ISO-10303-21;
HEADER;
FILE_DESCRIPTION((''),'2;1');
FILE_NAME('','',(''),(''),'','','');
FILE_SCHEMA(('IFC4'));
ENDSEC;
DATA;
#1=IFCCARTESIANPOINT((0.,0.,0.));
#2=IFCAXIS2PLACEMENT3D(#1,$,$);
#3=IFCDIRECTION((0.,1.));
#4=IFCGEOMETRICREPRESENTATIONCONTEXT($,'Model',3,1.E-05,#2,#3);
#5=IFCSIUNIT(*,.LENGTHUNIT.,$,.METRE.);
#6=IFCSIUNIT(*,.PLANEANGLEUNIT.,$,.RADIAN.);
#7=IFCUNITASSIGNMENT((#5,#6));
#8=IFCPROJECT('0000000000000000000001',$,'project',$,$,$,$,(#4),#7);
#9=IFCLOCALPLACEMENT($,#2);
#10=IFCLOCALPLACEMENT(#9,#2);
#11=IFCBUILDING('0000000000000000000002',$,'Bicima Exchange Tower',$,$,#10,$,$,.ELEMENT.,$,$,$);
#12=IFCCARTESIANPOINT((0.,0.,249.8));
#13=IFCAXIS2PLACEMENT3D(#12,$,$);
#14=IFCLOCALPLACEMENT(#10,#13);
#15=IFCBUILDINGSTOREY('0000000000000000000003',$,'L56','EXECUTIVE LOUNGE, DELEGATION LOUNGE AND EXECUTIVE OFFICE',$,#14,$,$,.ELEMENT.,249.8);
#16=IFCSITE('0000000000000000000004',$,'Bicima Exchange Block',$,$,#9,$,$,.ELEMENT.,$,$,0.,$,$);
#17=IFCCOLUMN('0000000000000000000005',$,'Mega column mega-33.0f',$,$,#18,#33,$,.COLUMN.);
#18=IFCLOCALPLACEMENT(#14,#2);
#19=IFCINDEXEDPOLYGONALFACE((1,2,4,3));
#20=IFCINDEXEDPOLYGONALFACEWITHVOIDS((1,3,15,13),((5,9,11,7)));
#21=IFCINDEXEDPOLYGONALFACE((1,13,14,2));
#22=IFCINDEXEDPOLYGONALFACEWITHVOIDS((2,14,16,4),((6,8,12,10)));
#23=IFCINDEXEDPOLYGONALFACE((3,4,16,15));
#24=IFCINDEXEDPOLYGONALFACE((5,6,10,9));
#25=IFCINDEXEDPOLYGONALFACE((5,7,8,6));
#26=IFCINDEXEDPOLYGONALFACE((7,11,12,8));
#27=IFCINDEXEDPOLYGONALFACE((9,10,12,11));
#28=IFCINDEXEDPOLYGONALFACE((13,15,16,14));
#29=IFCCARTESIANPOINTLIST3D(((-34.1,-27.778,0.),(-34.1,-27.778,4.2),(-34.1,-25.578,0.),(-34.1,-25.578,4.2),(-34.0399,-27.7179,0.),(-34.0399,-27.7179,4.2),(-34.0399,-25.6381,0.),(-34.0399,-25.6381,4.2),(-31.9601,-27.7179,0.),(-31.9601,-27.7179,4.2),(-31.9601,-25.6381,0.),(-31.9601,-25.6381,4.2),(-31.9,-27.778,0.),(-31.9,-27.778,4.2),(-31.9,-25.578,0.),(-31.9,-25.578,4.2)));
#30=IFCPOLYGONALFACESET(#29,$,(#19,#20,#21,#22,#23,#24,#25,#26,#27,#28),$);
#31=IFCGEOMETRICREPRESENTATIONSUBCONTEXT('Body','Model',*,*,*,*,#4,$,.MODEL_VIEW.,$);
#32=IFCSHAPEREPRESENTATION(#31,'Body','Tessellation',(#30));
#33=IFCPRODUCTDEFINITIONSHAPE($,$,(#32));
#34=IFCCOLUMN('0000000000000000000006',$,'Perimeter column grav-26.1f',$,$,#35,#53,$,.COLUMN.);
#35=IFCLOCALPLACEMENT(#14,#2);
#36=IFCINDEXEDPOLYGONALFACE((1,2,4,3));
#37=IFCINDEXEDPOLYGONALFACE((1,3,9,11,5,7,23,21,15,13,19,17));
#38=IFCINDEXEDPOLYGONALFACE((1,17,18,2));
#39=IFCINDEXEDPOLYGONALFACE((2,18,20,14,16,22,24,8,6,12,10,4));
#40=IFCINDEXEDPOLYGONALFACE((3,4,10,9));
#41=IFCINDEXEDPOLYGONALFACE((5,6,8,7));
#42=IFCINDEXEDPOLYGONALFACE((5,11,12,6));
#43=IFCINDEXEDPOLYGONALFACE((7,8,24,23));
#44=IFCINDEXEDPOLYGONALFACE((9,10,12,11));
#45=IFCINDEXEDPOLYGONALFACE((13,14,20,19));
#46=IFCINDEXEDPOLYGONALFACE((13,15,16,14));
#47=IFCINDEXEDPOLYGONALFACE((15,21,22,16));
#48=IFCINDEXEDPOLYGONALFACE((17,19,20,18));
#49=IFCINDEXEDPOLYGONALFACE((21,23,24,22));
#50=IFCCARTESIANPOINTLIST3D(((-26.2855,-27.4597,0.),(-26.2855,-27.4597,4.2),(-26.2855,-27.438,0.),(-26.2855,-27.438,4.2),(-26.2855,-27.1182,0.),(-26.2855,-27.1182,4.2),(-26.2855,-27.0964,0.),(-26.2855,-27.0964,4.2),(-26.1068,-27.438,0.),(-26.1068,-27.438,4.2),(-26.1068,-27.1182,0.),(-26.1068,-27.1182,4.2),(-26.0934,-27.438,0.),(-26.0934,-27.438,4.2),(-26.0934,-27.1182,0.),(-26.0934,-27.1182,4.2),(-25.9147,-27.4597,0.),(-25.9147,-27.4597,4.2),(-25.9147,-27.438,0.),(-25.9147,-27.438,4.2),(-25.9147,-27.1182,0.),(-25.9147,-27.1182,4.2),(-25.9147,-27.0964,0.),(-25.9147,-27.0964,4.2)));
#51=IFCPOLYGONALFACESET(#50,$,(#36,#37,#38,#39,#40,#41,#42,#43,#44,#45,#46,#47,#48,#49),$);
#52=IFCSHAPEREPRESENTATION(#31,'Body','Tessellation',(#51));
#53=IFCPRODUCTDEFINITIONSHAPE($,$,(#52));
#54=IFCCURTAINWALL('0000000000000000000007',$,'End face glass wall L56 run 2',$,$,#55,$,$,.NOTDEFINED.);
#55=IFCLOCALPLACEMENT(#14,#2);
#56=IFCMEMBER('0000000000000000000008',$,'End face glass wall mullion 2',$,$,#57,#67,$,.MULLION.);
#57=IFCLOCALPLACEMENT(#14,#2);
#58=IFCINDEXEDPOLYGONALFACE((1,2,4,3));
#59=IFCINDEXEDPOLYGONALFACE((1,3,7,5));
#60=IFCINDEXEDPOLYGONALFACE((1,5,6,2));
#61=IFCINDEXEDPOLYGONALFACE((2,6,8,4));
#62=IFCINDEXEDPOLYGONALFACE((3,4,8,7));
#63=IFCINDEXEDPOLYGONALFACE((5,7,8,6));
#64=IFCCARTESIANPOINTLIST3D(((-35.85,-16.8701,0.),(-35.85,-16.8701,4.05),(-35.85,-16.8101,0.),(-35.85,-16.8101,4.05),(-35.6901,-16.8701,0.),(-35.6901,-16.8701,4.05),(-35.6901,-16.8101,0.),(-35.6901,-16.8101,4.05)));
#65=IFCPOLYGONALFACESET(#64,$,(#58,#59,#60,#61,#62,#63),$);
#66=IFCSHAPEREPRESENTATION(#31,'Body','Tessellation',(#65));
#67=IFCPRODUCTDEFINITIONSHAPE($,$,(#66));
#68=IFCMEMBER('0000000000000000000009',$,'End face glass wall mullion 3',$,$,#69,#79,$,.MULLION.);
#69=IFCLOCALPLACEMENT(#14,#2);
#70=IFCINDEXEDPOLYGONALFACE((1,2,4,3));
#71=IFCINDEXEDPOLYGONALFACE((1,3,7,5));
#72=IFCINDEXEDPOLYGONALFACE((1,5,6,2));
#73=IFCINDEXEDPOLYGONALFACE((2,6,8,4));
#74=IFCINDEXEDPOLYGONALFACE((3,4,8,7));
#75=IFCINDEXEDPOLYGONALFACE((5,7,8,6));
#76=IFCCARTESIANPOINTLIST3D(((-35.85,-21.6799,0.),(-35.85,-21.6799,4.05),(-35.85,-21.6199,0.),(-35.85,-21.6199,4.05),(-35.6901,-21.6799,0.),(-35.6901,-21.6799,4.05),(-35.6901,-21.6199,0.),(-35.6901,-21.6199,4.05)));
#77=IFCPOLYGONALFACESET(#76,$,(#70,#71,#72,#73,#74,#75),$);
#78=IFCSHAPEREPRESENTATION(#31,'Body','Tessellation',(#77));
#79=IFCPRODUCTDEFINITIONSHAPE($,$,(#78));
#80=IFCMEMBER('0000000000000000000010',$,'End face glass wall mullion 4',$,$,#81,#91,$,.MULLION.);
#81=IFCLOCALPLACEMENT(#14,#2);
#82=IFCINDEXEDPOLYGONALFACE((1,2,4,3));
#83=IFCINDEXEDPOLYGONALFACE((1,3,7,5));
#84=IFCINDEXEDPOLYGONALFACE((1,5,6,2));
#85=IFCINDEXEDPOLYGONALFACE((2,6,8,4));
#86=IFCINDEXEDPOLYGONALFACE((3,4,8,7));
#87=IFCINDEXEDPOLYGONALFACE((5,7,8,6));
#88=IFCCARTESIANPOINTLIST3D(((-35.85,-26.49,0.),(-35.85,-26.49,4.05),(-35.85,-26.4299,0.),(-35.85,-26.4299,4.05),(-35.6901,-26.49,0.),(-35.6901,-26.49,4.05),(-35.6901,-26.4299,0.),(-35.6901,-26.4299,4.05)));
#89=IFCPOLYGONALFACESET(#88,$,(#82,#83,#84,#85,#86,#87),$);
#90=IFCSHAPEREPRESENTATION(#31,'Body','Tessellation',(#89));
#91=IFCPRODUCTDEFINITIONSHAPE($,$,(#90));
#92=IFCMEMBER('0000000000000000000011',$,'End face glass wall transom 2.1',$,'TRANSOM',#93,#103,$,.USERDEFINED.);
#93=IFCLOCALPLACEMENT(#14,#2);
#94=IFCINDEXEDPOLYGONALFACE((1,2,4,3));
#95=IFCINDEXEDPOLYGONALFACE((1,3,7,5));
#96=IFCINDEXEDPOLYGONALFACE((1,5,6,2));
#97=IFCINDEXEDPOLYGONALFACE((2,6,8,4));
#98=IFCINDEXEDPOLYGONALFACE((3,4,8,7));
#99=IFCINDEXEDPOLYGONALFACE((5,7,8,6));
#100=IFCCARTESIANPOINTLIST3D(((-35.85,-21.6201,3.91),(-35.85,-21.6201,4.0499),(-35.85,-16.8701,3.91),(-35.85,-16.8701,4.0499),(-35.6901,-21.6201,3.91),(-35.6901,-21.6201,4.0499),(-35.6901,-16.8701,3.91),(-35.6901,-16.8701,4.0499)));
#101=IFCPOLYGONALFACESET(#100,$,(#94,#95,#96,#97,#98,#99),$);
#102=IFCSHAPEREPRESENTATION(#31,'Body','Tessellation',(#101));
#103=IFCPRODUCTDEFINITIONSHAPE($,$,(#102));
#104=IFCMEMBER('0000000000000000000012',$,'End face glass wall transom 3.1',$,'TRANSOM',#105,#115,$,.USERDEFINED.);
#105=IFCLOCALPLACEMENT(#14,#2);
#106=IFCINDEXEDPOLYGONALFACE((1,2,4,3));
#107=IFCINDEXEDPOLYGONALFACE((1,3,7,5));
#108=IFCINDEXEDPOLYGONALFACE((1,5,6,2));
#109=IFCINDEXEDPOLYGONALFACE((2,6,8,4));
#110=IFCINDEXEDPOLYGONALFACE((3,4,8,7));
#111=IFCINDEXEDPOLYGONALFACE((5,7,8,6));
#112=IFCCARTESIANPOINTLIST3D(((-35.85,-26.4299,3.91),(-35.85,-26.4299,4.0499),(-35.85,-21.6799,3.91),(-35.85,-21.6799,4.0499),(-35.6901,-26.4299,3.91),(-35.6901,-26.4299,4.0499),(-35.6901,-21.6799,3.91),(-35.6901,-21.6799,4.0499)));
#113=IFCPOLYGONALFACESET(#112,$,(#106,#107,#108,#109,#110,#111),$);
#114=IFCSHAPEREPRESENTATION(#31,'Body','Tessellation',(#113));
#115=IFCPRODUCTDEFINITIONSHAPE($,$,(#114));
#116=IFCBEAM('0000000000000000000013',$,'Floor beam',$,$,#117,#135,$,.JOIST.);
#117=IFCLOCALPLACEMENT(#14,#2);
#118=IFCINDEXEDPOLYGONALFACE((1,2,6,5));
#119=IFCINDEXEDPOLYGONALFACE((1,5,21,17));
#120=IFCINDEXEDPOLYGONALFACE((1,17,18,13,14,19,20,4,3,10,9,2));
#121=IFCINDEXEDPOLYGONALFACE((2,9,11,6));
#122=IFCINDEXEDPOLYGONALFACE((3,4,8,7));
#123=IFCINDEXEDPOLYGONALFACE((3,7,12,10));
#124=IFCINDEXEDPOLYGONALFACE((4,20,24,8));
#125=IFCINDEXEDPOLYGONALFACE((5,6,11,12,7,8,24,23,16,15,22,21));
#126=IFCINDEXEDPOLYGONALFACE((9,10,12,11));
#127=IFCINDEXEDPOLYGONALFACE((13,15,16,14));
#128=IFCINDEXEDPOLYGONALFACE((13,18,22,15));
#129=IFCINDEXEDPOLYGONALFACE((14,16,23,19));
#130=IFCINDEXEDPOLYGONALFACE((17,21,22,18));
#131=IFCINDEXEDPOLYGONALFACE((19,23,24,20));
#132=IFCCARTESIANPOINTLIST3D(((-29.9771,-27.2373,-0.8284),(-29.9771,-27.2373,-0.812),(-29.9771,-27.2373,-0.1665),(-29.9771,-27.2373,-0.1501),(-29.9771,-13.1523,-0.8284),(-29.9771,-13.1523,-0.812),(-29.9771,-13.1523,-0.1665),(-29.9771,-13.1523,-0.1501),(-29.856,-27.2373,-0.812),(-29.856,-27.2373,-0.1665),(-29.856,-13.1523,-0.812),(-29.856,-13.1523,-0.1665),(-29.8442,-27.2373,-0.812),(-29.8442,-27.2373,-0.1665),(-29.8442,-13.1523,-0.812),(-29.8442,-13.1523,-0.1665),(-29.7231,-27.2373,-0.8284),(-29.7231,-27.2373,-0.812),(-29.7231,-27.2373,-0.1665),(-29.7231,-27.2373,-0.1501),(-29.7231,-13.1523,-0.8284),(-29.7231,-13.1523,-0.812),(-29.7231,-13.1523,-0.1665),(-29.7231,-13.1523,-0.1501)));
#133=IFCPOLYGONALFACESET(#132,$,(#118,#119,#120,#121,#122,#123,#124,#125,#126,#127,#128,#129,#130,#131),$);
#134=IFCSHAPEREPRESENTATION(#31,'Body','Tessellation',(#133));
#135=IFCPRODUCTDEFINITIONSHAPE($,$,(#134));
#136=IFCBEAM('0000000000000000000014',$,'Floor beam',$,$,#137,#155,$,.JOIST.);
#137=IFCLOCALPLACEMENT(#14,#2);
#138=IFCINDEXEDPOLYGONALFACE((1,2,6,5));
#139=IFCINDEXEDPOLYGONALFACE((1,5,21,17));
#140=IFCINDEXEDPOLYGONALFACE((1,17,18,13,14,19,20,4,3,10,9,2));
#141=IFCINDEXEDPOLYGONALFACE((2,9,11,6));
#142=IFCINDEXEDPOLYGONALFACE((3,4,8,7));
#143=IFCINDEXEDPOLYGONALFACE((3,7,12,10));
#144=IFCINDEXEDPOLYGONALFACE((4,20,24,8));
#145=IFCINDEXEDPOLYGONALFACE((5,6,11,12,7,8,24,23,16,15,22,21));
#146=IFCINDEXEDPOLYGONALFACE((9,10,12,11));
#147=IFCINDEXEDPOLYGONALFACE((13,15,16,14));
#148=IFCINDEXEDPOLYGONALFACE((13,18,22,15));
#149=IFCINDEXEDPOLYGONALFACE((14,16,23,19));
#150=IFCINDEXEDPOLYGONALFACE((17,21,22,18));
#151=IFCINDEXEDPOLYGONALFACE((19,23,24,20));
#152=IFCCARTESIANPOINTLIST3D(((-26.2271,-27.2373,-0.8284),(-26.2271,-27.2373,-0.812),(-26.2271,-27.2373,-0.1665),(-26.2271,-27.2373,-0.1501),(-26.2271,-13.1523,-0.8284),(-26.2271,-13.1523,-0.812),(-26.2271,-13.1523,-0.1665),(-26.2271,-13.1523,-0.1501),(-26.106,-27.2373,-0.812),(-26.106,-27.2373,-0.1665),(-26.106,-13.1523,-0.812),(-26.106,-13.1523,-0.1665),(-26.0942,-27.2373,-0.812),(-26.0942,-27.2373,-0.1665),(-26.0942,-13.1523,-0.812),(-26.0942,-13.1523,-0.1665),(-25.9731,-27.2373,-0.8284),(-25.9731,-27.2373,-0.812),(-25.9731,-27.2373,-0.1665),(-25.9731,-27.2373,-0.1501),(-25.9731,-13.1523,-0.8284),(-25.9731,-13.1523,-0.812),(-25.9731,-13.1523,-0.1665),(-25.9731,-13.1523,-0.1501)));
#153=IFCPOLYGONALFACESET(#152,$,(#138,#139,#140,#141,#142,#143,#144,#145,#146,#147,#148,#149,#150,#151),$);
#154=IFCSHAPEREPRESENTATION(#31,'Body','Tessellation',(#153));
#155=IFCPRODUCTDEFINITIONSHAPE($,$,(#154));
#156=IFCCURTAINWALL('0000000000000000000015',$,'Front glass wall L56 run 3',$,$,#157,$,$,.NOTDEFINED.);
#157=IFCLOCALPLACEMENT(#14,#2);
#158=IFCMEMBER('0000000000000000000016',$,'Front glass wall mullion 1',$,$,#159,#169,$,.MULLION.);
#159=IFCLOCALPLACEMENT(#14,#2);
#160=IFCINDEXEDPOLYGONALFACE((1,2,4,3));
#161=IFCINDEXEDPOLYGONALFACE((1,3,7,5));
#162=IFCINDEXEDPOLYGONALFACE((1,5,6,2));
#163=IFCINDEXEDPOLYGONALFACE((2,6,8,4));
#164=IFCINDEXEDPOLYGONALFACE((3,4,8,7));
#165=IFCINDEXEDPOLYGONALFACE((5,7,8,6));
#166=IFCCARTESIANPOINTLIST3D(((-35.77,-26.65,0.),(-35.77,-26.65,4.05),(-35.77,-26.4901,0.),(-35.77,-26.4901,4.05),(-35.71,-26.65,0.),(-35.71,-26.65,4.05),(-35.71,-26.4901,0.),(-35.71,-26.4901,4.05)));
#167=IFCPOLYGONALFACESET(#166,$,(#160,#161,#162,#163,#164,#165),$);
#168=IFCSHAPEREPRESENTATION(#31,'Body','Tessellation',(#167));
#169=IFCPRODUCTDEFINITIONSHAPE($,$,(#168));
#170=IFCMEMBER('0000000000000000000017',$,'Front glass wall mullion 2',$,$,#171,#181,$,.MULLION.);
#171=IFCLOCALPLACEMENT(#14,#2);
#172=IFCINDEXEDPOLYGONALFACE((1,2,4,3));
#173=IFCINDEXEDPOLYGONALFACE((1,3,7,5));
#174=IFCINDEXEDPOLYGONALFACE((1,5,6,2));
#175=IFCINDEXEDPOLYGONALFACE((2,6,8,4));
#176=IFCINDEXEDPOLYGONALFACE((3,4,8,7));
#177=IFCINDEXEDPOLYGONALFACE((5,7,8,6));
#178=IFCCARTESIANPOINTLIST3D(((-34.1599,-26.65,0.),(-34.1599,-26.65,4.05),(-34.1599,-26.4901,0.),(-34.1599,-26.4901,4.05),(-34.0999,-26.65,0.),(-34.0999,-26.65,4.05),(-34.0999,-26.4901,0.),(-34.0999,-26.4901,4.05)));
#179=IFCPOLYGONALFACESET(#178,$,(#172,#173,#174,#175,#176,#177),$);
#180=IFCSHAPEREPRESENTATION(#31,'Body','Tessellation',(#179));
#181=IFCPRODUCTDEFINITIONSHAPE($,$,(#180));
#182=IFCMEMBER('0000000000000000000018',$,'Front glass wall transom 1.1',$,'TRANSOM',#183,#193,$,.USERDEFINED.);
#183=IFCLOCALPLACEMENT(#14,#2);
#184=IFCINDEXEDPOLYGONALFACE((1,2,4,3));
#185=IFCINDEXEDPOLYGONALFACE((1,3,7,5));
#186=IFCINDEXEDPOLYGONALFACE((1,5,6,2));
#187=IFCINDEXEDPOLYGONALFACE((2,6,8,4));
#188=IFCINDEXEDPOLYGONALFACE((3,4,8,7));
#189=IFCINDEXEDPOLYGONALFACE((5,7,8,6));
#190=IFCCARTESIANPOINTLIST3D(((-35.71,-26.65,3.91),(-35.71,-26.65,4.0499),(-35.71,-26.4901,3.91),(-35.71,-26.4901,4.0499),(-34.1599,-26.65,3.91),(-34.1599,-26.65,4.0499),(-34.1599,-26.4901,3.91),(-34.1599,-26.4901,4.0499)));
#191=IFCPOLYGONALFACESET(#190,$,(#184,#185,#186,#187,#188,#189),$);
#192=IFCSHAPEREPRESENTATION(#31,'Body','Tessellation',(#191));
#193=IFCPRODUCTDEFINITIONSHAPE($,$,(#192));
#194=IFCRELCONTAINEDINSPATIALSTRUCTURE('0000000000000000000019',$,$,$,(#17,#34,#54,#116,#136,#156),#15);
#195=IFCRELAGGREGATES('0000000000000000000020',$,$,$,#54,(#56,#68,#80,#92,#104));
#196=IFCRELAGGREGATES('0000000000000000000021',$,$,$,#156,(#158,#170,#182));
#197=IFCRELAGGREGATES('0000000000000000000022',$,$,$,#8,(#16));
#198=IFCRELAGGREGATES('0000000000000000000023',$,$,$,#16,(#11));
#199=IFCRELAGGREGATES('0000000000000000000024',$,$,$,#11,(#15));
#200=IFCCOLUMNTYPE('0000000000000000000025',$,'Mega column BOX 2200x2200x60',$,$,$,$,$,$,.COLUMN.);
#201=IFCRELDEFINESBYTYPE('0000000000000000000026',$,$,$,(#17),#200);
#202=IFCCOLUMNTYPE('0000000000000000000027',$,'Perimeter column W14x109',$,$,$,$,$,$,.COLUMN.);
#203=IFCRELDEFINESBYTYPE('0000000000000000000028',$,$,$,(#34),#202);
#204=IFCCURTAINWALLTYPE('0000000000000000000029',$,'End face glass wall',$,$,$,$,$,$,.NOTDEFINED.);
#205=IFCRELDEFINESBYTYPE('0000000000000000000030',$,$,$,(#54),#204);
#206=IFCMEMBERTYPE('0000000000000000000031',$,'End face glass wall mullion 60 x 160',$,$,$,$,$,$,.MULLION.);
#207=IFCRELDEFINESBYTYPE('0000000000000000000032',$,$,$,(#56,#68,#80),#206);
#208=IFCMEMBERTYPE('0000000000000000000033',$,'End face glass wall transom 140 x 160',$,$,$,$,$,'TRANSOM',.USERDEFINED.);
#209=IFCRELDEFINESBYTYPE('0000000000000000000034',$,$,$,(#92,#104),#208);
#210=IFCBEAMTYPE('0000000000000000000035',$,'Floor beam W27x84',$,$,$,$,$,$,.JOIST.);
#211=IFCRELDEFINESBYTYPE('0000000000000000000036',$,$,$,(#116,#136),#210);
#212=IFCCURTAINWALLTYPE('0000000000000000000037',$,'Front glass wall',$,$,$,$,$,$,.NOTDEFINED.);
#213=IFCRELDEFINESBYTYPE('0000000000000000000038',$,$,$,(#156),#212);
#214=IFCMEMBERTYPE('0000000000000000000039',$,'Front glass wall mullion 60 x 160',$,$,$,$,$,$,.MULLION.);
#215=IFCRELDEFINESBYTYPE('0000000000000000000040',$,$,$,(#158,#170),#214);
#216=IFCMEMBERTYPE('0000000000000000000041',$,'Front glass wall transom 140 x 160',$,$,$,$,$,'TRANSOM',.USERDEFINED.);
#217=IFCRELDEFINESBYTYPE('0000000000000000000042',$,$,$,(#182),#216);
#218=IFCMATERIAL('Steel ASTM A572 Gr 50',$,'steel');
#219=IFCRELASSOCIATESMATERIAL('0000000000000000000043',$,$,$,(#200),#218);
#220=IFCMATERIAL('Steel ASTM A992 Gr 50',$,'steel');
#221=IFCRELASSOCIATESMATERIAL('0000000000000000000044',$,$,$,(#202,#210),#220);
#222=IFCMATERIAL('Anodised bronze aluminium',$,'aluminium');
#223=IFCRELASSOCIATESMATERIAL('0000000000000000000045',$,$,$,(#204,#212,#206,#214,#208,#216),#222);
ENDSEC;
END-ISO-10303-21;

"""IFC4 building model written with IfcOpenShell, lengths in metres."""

from ifc_helpers import new_model, si_unit, direction, frame, origin, origin_2d, place, context, subcontext, project, spatial, rectangle, hollow_rectangle, i_section, extrude, material, material_profile, profile_set, type_object, element, aggregate, save


model = new_model("IFC4")

# Units and contexts
model_context = context("Model", 3, precision=1e-05, world=origin(), true_north=direction((0.0, 1.0)))
body_context = subcontext(model_context, "Body", "Model", "MODEL_VIEW")
ifc_project = project(units=[si_unit("LENGTHUNIT", "METRE"), si_unit("PLANEANGLEUNIT", "RADIAN")], contexts=[model_context])

# Site, building, storey
site_placement = place(None, origin())
site = spatial("IfcSite", under=ifc_project, at=site_placement, Name="Bicima Exchange Block", CompositionType="ELEMENT", RefElevation=0.0)
building_placement = place(site_placement, origin())
building = spatial("IfcBuilding", under=site, at=building_placement, Name="Bicima Exchange Tower", CompositionType="ELEMENT")
storey_placement = place(building_placement, frame((0.0, 0.0, 249.8)))
storey = spatial("IfcBuildingStorey", under=building, at=storey_placement, Name="L56", Description="EXECUTIVE LOUNGE, DELEGATION LOUNGE AND EXECUTIVE OFFICE", CompositionType="ELEMENT", Elevation=249.8)

# Columns
ifc_material_1 = material(Name="Steel ASTM A572 Gr 50", Category="steel")
ifc_material_profile_1 = material_profile(ifc_material_1, hollow_rectangle(XDim=2.2, YDim=2.2, WallThickness=0.0601, at=origin_2d()))
ifc_profile_set_1 = profile_set([ifc_material_profile_1], Name="Steel ASTM A572 Gr 50")
column_type_1 = type_object("IfcColumnType", Name="Mega column BOX 2200x2200x60", PredefinedType="COLUMN", material=ifc_profile_set_1)
column_1_placement = place(storey_placement, frame((-33.0, -26.678, 0.0), z_axis=(0.0, 0.0, 1.0), x_axis=(1.0, 0.0, 0.0)))
element("IfcColumn", 1, at=column_1_placement, inside=storey, type_object=column_type_1, Name="Mega column mega-33.0f", PredefinedType="COLUMN", context=body_context, shape_type="SweptSolid", body=[
    extrude(hollow_rectangle(XDim=2.2, YDim=2.2, WallThickness=0.0601, at=origin_2d()), origin(), (0.0, 0.0, 1.0), 4.2),
])
ifc_material_2 = material(Name="Steel ASTM A992 Gr 50", Category="steel")
ifc_material_profile_2 = material_profile(ifc_material_2, i_section(OverallWidth=0.3708, OverallDepth=0.3633, WebThickness=0.0134, FlangeThickness=0.0217, at=origin_2d()))
ifc_profile_set_2 = profile_set([ifc_material_profile_2], Name="Steel ASTM A992 Gr 50")
column_type_2 = type_object("IfcColumnType", Name="Perimeter column W14x109", PredefinedType="COLUMN", material=ifc_profile_set_2)
column_2_placement = place(storey_placement, frame((-26.1001, -27.2781, 0.0), z_axis=(0.0, 0.0, 1.0), x_axis=(1.0, 0.0, 0.0)))
element("IfcColumn", 2, at=column_2_placement, inside=storey, type_object=column_type_2, Name="Perimeter column grav-26.1f", PredefinedType="COLUMN", context=body_context, shape_type="SweptSolid", body=[
    extrude(i_section(OverallWidth=0.3708, OverallDepth=0.3633, WebThickness=0.0134, FlangeThickness=0.0217, at=origin_2d()), origin(), (0.0, 0.0, 1.0), 4.2),
])

# Curtain wall, members
ifc_material_3 = material(Name="Anodised bronze aluminium", Category="aluminium")
curtain_wall_type_1 = type_object("IfcCurtainWallType", Name="End face glass wall", PredefinedType="NOTDEFINED", material=ifc_material_3)
curtain_wall_1_placement = place(storey_placement, origin())
curtain_wall_1 = element("IfcCurtainWall", 3, at=curtain_wall_1_placement, inside=storey, type_object=curtain_wall_type_1, Name="End face glass wall L56 run 2", PredefinedType="NOTDEFINED")
ifc_material_profile_3 = material_profile(ifc_material_3, rectangle(XDim=0.1599, YDim=0.0601, at=origin_2d()))
ifc_profile_set_3 = profile_set([ifc_material_profile_3], Name="Anodised bronze aluminium")
member_type_1 = type_object("IfcMemberType", Name="End face glass wall mullion 60 x 160", PredefinedType="MULLION", material=ifc_profile_set_3)
member_1_placement = place(storey_placement, frame((-35.77, -16.8401, 0.0), z_axis=(0.0, 0.0, 1.0), x_axis=(1.0, 0.0, 0.0)))
member_1 = element("IfcMember", 4, at=member_1_placement, type_object=member_type_1, Name="End face glass wall mullion 2", PredefinedType="MULLION", context=body_context, shape_type="SweptSolid", body=[
    extrude(rectangle(XDim=0.1599, YDim=0.0601, at=origin_2d()), origin(), (0.0, 0.0, 1.0), 4.05),
])
member_2_placement = place(storey_placement, frame((-35.77, -21.6499, 0.0), z_axis=(0.0, 0.0, 1.0), x_axis=(1.0, 0.0, 0.0)))
member_2 = element("IfcMember", 5, at=member_2_placement, type_object=member_type_1, Name="End face glass wall mullion 3", PredefinedType="MULLION", context=body_context, shape_type="SweptSolid", body=[
    extrude(rectangle(XDim=0.1599, YDim=0.0601, at=origin_2d()), origin(), (0.0, 0.0, 1.0), 4.05),
])
member_3_placement = place(storey_placement, frame((-35.77, -26.46, 0.0), z_axis=(0.0, 0.0, 1.0), x_axis=(1.0, 0.0, 0.0)))
member_3 = element("IfcMember", 6, at=member_3_placement, type_object=member_type_1, Name="End face glass wall mullion 4", PredefinedType="MULLION", context=body_context, shape_type="SweptSolid", body=[
    extrude(rectangle(XDim=0.1599, YDim=0.0601, at=origin_2d()), origin(), (0.0, 0.0, 1.0), 4.05),
])
ifc_material_profile_4 = material_profile(ifc_material_3, rectangle(XDim=0.1599, YDim=0.1399, at=origin_2d()))
ifc_profile_set_4 = profile_set([ifc_material_profile_4], Name="Anodised bronze aluminium")
member_type_2 = type_object("IfcMemberType", Name="End face glass wall transom 140 x 160", ElementType="TRANSOM", PredefinedType="USERDEFINED", material=ifc_profile_set_4)
member_4_placement = place(storey_placement, frame((-35.77, -16.8701, 3.98), z_axis=(0.0, -1.0, 0.0), x_axis=(1.0, 0.0, 0.0)))
member_4 = element("IfcMember", 7, at=member_4_placement, type_object=member_type_2, Name="End face glass wall transom 2.1", ObjectType="TRANSOM", PredefinedType="USERDEFINED", context=body_context, shape_type="SweptSolid", body=[
    extrude(rectangle(XDim=0.1599, YDim=0.1399, at=origin_2d()), origin(), (0.0, 0.0, 1.0), 4.75),
])
member_5_placement = place(storey_placement, frame((-35.77, -21.6799, 3.98), z_axis=(0.0, -1.0, 0.0), x_axis=(1.0, 0.0, 0.0)))
member_5 = element("IfcMember", 8, at=member_5_placement, type_object=member_type_2, Name="End face glass wall transom 3.1", ObjectType="TRANSOM", PredefinedType="USERDEFINED", context=body_context, shape_type="SweptSolid", body=[
    extrude(rectangle(XDim=0.1599, YDim=0.1399, at=origin_2d()), origin(), (0.0, 0.0, 1.0), 4.75),
])

# Beams
ifc_material_profile_5 = material_profile(ifc_material_2, i_section(OverallWidth=0.2539, OverallDepth=0.6782, WebThickness=0.0117, FlangeThickness=0.0164, at=origin_2d()))
ifc_profile_set_5 = profile_set([ifc_material_profile_5], Name="Steel ASTM A992 Gr 50")
beam_type = type_object("IfcBeamType", Name="Floor beam W27x84", PredefinedType="JOIST", material=ifc_profile_set_5)
for number, where, z_axis, x_axis, name in (
    (9, (-29.8501, -13.1523, -0.4893), (0.0, -1.0, 0.0), (1.0, 0.0, 0.0), "Floor beam"),
    (10, (-26.1001, -13.1523, -0.4893), (0.0, -1.0, 0.0), (1.0, 0.0, 0.0), "Floor beam"),
):
    element("IfcBeam", number, at=place(storey_placement, frame(where, z_axis=z_axis, x_axis=x_axis)), inside=storey, type_object=beam_type, Name=name, PredefinedType="JOIST", context=body_context, shape_type="SweptSolid", body=[
        extrude(i_section(OverallWidth=0.2539, OverallDepth=0.6782, WebThickness=0.0117, FlangeThickness=0.0164, at=origin_2d()), origin(), (0.0, 0.0, 1.0), 14.085),
    ])

# Curtain wall, members
curtain_wall_type_2 = type_object("IfcCurtainWallType", Name="Front glass wall", PredefinedType="NOTDEFINED", material=ifc_material_3)
curtain_wall_2_placement = place(storey_placement, origin())
curtain_wall_2 = element("IfcCurtainWall", 11, at=curtain_wall_2_placement, inside=storey, type_object=curtain_wall_type_2, Name="Front glass wall L56 run 3", PredefinedType="NOTDEFINED")
member_type_3 = type_object("IfcMemberType", Name="Front glass wall mullion 60 x 160", PredefinedType="MULLION", material=ifc_profile_set_3)
member_6_placement = place(storey_placement, frame((-35.74, -26.5701, 0.0), z_axis=(0.0, 0.0, 1.0), x_axis=(0.0, 1.0, 0.0)))
member_6 = element("IfcMember", 12, at=member_6_placement, type_object=member_type_3, Name="Front glass wall mullion 1", PredefinedType="MULLION", context=body_context, shape_type="SweptSolid", body=[
    extrude(rectangle(XDim=0.1599, YDim=0.0601, at=origin_2d()), origin(), (0.0, 0.0, 1.0), 4.05),
])
member_7_placement = place(storey_placement, frame((-34.1299, -26.5701, 0.0), z_axis=(0.0, 0.0, 1.0), x_axis=(0.0, 1.0, 0.0)))
member_7 = element("IfcMember", 13, at=member_7_placement, type_object=member_type_3, Name="Front glass wall mullion 2", PredefinedType="MULLION", context=body_context, shape_type="SweptSolid", body=[
    extrude(rectangle(XDim=0.1599, YDim=0.0601, at=origin_2d()), origin(), (0.0, 0.0, 1.0), 4.05),
])
member_type_4 = type_object("IfcMemberType", Name="Front glass wall transom 140 x 160", ElementType="TRANSOM", PredefinedType="USERDEFINED", material=ifc_profile_set_4)
member_8_placement = place(storey_placement, frame((-35.71, -26.5701, 3.98), z_axis=(1.0, 0.0, 0.0), x_axis=(0.0, 1.0, 0.0)))
member_8 = element("IfcMember", 14, at=member_8_placement, type_object=member_type_4, Name="Front glass wall transom 1.1", ObjectType="TRANSOM", PredefinedType="USERDEFINED", context=body_context, shape_type="SweptSolid", body=[
    extrude(rectangle(XDim=0.1599, YDim=0.1399, at=origin_2d()), origin(), (0.0, 0.0, 1.0), 1.55),
])

aggregate(curtain_wall_1, [member_1, member_2, member_3, member_4, member_5])
aggregate(curtain_wall_2, [member_6, member_7, member_8])

save(model, "model.ifc")
